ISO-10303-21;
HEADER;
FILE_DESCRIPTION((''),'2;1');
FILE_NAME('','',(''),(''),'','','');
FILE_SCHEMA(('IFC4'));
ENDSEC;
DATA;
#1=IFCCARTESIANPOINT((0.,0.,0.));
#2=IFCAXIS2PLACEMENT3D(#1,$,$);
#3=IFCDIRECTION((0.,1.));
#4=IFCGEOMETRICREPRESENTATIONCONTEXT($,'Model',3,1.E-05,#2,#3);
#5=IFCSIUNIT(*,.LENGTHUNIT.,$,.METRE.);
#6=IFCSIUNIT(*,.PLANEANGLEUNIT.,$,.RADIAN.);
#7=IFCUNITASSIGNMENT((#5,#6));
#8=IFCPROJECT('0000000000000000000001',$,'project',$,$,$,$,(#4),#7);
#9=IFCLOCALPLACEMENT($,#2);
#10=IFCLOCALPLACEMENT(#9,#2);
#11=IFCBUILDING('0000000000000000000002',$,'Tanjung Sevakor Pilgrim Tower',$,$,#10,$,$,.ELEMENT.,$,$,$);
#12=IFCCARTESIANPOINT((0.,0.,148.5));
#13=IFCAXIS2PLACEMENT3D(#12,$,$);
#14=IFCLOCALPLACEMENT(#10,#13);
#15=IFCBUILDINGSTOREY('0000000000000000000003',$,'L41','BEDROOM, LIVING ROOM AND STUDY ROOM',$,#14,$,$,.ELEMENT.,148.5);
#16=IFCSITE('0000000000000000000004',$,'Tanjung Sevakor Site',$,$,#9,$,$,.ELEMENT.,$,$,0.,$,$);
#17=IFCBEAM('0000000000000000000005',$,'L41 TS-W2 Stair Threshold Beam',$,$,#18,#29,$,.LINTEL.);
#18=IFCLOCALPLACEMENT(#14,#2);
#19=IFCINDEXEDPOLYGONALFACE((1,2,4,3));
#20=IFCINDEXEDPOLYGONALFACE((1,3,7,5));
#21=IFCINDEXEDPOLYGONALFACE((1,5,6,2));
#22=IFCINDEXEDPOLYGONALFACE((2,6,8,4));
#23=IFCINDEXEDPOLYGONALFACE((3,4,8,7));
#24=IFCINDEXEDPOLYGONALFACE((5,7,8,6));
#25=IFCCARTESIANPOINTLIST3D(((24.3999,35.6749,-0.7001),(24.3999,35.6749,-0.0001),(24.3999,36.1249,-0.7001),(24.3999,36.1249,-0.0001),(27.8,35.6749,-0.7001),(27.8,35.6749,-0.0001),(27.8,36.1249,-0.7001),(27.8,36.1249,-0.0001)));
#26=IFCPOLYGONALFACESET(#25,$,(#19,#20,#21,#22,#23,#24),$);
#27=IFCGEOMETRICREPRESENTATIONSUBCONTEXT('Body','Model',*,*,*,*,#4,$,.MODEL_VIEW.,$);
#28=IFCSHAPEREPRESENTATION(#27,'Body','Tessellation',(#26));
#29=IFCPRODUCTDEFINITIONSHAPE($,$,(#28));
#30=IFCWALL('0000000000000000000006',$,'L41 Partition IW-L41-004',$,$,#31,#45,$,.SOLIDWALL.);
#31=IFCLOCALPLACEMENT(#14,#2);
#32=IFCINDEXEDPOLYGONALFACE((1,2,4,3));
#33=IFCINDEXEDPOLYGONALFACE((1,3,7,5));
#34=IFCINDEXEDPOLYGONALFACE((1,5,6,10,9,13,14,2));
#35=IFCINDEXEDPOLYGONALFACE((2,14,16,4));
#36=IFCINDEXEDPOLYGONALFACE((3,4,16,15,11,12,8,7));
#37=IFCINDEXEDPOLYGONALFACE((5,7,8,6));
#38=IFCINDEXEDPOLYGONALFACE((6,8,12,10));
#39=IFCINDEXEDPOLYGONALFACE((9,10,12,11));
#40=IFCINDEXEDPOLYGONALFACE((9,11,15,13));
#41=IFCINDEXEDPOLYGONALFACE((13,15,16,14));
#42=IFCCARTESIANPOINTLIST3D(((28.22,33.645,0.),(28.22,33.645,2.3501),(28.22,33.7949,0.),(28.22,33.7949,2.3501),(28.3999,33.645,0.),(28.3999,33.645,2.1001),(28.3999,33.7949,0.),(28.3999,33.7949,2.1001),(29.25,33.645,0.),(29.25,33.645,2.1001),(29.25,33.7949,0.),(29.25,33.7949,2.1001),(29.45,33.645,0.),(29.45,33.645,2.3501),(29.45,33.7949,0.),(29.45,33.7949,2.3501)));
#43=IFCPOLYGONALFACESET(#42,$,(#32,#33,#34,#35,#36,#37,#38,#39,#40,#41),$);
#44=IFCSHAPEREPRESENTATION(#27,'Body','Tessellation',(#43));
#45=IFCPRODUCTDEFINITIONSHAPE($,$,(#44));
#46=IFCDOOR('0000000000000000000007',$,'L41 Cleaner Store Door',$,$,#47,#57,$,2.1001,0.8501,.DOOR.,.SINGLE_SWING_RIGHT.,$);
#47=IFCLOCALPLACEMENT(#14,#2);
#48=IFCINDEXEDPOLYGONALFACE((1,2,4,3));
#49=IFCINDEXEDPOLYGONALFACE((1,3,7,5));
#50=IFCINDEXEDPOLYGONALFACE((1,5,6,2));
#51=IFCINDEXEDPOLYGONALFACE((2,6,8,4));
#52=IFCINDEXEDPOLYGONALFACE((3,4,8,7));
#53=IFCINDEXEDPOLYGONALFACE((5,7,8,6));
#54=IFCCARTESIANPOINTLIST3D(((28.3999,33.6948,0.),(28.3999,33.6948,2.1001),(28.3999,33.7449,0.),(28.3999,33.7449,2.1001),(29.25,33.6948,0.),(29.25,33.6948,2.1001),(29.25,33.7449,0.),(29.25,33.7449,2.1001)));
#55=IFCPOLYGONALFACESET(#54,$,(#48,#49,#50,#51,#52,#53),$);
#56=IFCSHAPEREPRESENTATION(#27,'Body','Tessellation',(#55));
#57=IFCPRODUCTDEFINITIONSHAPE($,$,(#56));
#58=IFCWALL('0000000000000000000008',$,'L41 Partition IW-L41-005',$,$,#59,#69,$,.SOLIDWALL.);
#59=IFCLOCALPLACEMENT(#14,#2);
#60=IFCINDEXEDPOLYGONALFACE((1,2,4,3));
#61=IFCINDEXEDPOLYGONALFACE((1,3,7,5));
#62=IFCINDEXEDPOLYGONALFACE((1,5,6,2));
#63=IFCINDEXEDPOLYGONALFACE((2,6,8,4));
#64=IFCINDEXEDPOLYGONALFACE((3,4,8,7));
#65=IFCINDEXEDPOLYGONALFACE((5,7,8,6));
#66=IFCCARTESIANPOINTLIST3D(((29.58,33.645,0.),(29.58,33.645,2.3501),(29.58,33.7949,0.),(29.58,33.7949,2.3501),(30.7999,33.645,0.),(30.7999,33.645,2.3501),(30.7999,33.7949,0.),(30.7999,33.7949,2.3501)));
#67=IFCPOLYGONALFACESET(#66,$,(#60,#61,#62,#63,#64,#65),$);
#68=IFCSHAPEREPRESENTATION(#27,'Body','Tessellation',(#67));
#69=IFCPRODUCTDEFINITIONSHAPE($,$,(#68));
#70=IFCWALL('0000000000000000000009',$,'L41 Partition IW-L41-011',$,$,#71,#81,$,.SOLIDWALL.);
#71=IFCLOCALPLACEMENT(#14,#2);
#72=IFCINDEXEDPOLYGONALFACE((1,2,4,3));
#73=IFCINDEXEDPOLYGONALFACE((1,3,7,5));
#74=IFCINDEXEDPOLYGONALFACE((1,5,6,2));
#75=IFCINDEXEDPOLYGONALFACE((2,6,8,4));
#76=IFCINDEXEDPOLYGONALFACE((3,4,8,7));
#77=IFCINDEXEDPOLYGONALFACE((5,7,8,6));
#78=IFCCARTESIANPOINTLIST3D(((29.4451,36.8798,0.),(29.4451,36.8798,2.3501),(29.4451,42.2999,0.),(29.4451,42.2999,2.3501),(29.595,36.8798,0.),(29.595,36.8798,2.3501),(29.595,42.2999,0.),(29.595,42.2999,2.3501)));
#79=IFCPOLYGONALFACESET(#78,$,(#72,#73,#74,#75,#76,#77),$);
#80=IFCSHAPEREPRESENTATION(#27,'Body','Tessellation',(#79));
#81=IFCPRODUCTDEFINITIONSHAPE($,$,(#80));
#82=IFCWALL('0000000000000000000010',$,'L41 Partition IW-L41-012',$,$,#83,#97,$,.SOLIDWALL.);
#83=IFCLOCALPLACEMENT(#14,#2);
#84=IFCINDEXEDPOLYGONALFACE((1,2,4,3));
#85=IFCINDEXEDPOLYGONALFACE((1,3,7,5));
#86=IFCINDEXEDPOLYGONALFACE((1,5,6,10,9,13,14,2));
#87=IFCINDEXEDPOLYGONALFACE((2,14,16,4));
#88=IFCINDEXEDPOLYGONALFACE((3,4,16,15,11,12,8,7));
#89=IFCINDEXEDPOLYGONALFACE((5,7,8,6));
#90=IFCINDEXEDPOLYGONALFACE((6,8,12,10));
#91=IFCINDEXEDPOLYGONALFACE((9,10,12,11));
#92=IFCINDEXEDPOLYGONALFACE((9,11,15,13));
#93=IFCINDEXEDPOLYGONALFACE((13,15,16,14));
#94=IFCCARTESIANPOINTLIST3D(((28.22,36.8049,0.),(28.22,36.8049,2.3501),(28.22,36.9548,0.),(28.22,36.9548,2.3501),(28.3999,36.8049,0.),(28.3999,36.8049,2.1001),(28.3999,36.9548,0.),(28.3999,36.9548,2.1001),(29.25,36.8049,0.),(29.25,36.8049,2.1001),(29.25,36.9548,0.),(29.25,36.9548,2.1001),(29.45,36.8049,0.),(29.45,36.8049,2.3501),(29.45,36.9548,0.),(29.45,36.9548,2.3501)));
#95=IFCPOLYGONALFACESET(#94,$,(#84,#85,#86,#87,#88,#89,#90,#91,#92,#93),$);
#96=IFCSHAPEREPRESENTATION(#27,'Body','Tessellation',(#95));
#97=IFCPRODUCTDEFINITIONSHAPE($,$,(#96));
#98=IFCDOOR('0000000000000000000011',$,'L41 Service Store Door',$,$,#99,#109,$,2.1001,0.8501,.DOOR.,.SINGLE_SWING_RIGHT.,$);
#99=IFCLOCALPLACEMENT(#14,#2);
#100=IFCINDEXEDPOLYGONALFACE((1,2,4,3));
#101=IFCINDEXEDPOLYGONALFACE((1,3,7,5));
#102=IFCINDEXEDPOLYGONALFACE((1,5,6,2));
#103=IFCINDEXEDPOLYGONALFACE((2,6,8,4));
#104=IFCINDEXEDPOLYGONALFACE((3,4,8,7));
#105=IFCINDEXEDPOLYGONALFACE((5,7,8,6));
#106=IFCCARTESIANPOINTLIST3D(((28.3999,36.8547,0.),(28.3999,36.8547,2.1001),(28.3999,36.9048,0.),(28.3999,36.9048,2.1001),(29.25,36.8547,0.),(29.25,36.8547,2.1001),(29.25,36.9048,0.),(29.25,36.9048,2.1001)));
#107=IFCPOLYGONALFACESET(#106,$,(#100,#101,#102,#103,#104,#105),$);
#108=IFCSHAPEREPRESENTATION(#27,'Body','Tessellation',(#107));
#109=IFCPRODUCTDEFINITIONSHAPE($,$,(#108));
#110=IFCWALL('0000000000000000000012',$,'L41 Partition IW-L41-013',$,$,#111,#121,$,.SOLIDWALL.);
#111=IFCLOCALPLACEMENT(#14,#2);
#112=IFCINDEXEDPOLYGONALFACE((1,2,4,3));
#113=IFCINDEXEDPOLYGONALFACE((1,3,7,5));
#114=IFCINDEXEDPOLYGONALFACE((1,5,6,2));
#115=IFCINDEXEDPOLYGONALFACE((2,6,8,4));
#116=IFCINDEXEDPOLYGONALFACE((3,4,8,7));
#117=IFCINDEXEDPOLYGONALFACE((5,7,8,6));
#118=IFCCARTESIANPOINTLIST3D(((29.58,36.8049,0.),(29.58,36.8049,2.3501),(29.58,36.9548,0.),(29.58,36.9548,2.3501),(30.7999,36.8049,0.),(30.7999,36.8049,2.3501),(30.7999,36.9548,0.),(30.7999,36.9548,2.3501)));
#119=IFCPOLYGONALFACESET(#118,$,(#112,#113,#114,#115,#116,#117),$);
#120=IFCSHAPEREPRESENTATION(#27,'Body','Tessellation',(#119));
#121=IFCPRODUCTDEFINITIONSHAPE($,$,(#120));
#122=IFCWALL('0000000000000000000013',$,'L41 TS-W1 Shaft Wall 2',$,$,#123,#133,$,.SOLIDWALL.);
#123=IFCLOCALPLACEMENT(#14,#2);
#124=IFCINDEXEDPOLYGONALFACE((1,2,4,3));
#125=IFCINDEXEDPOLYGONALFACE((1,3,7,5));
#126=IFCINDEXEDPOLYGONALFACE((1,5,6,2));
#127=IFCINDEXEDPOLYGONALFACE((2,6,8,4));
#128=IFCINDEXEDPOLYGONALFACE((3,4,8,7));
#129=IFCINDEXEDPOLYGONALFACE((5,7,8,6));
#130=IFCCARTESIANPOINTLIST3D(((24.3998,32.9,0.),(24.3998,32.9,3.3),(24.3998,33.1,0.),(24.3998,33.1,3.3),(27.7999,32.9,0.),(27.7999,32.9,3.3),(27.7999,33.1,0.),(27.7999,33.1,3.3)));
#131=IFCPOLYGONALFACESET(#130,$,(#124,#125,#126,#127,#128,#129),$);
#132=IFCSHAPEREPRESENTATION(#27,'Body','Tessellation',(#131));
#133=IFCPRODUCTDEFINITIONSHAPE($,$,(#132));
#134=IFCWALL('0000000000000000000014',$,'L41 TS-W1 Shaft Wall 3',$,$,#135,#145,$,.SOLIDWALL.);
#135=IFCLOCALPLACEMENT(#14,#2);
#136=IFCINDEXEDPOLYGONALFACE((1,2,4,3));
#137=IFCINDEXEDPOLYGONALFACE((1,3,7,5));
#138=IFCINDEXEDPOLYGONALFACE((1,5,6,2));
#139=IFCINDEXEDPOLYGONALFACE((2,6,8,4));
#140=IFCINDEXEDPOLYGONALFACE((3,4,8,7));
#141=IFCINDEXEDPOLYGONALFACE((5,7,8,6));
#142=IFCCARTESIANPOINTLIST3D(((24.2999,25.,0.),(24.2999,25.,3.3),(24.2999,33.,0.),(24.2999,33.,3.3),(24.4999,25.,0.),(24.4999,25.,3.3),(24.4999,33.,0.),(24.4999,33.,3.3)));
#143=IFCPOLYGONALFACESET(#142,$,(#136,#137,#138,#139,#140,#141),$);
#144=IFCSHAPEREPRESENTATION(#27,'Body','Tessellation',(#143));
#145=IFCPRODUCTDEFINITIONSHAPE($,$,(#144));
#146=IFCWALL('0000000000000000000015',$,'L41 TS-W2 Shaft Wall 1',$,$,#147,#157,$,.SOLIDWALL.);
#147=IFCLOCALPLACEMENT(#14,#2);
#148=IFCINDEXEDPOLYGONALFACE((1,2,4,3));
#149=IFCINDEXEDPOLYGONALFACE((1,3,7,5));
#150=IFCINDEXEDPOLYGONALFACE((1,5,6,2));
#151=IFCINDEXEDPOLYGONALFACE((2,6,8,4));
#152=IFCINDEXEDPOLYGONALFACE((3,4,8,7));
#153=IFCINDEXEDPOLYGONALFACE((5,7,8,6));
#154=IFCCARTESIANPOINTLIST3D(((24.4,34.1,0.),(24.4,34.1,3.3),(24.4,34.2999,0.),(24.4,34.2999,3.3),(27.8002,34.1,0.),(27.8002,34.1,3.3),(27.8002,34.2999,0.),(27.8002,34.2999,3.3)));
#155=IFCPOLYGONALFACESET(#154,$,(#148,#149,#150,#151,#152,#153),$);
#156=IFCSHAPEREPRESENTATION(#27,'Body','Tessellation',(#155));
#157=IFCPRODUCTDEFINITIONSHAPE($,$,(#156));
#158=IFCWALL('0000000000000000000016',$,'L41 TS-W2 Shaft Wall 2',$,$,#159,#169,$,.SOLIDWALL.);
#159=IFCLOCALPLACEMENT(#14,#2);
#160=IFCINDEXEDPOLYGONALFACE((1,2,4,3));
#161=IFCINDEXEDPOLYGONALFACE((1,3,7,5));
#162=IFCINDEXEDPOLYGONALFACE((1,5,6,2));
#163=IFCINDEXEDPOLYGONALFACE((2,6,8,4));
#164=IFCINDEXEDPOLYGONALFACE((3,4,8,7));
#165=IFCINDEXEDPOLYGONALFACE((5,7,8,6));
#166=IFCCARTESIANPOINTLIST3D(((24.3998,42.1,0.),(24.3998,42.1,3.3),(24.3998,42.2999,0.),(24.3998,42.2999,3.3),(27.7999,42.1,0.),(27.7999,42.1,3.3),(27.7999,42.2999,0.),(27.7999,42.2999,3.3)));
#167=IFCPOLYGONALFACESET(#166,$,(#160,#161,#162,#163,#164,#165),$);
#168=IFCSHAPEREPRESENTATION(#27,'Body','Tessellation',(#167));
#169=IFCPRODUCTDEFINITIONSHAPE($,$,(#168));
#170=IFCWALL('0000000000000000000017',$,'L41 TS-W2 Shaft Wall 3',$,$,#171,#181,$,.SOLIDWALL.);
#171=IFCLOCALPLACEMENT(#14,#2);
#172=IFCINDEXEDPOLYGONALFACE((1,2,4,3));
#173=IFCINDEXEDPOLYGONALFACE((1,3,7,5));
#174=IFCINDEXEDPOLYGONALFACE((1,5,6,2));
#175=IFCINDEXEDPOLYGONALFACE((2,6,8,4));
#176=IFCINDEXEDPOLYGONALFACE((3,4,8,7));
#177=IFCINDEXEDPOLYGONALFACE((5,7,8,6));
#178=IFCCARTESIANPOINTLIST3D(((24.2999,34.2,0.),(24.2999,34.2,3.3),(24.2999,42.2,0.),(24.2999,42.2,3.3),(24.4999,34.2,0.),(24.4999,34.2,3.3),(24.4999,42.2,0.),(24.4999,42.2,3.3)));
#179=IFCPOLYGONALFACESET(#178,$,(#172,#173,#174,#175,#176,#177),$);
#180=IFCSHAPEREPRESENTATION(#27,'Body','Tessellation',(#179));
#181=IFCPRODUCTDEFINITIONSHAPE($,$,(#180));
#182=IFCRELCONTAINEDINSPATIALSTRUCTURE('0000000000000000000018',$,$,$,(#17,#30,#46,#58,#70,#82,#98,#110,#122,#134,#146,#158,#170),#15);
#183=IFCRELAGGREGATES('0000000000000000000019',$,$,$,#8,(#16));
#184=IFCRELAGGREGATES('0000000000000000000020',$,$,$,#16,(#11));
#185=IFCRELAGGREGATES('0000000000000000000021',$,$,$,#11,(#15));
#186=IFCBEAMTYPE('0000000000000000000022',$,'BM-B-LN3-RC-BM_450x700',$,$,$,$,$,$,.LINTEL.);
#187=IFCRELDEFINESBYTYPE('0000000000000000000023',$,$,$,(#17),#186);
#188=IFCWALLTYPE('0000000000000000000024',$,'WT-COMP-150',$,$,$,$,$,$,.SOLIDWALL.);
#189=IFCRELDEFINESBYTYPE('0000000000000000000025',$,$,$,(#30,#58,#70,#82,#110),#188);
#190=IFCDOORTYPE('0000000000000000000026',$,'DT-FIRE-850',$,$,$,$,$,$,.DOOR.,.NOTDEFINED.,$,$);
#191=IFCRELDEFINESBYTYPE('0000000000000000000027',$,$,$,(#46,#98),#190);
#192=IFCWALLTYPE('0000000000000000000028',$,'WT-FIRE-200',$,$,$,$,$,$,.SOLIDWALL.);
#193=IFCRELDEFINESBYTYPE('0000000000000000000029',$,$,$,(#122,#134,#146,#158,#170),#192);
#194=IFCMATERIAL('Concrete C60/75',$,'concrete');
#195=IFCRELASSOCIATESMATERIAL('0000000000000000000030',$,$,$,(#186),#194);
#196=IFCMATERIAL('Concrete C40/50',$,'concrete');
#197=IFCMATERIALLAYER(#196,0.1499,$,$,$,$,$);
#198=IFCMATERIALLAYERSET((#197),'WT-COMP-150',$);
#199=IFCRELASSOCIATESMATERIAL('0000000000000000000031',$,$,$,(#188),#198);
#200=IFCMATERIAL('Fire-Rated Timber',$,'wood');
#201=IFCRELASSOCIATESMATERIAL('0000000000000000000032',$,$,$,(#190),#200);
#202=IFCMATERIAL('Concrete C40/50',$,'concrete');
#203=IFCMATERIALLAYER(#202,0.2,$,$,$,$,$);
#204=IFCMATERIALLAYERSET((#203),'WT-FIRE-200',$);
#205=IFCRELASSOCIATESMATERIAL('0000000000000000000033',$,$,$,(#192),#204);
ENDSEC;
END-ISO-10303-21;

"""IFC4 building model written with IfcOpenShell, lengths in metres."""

from ifc_helpers import new_model, si_unit, direction, frame, frame_2d, origin, origin_2d, place, context, subcontext, project, spatial, rectangle, extrude, material, layer, layer_set, material_profile, profile_set, type_object, element, fill, save


model = new_model("IFC4")

# Units and contexts
model_context = context("Model", 3, precision=1e-05, world=origin(), true_north=direction((0.0, 1.0)))
body_context = subcontext(model_context, "Body", "Model", "MODEL_VIEW")
ifc_project = project(units=[si_unit("LENGTHUNIT", "METRE"), si_unit("PLANEANGLEUNIT", "RADIAN")], contexts=[model_context])

# Site, building, storey
site_placement = place(None, origin())
site = spatial("IfcSite", under=ifc_project, at=site_placement, Name="Tanjung Sevakor Site", CompositionType="ELEMENT", RefElevation=0.0)
building_placement = place(site_placement, origin())
building = spatial("IfcBuilding", under=site, at=building_placement, Name="Tanjung Sevakor Pilgrim Tower", CompositionType="ELEMENT")
storey_placement = place(building_placement, frame((0.0, 0.0, 148.5)))
storey = spatial("IfcBuildingStorey", under=building, at=storey_placement, Name="L41", Description="BEDROOM, LIVING ROOM AND STUDY ROOM", CompositionType="ELEMENT", Elevation=148.5)

# Beam
ifc_material_1 = material(Name="Concrete C60/75", Category="concrete")
ifc_material_profile = material_profile(ifc_material_1, rectangle(XDim=0.45, YDim=0.7, at=origin_2d()))
ifc_profile_set = profile_set([ifc_material_profile], Name="Concrete C60/75")
beam_type = type_object("IfcBeamType", Name="BM-B-LN3-RC-BM_450x700", PredefinedType="LINTEL", material=ifc_profile_set)
beam_placement = place(storey_placement, frame((24.3999, 35.8999, -0.3501), z_axis=(1.0, 0.0, 0.0), x_axis=(0.0, 1.0, 0.0)))
element("IfcBeam", 1, at=beam_placement, inside=storey, type_object=beam_type, Name="L41 TS-W2 Stair Threshold Beam", PredefinedType="LINTEL", context=body_context, shape_type="SweptSolid", body=[
    extrude(rectangle(XDim=0.45, YDim=0.7, at=origin_2d()), origin(), (0.0, 0.0, 1.0), 3.4001),
])

# Wall, opening, door
ifc_material_2 = material(Name="Concrete C40/50", Category="concrete")
ifc_layer_1 = layer(ifc_material_2, 0.1499)
ifc_layer_set_1 = layer_set([ifc_layer_1], Name="WT-COMP-150")
wall_type_1 = type_object("IfcWallType", Name="WT-COMP-150", PredefinedType="SOLIDWALL", material=ifc_layer_set_1)
wall_1_placement = place(storey_placement, frame((28.22, 33.72, 0.0), z_axis=(0.0, 0.0, 1.0), x_axis=(1.0, 0.0, 0.0)))
wall_1 = element("IfcWall", 2, at=wall_1_placement, inside=storey, type_object=wall_type_1, Name="L41 Partition IW-L41-004", PredefinedType="SOLIDWALL", context=body_context, shape_type="SweptSolid", body=[
    extrude(rectangle(XDim=1.23, YDim=0.1499, at=frame_2d((0.615, 0.0))), origin(), (0.0, 0.0, 1.0), 2.3501),
])
opening_1_placement = place(wall_1_placement, frame((0.1799, 0.0, 0.0)))
opening_1 = element("IfcOpeningElement", 3, at=opening_1_placement, cuts=wall_1, PredefinedType="OPENING", context=body_context, shape_type="SweptSolid", body=[
    extrude(rectangle(XDim=0.8501, YDim=2.1001, at=frame_2d((0.425, 1.05))), frame((0.0, 0.085, 0.0), z_axis=(0.0, -1.0, 0.0), x_axis=(1.0, 0.0, 0.0)), (0.0, 0.0, 1.0), 0.1699),
])
ifc_material_3 = material(Name="Fire-Rated Timber", Category="wood")
door_type = type_object("IfcDoorType", Name="DT-FIRE-850", OperationType="NOTDEFINED", PredefinedType="DOOR", material=ifc_material_3)
door_1_placement = place(opening_1_placement, origin())
door_1 = element("IfcDoor", 4, at=door_1_placement, inside=storey, type_object=door_type, Name="L41 Cleaner Store Door", OperationType="SINGLE_SWING_RIGHT", OverallHeight=2.1001, OverallWidth=0.8501, PredefinedType="DOOR", context=body_context, shape_type="SweptSolid", body=[
    extrude(rectangle(XDim=0.8501, YDim=2.1001, at=frame_2d((0.425, 1.05))), frame((0.0, 0.0249, 0.0), z_axis=(0.0, -1.0, 0.0), x_axis=(1.0, 0.0, 0.0)), (0.0, 0.0, 1.0), 0.05),
])
fill(opening_1, door_1)

# Walls
wall_2_placement = place(storey_placement, frame((29.5801, 33.72, 0.0), z_axis=(0.0, 0.0, 1.0), x_axis=(1.0, 0.0, 0.0)))
element("IfcWall", 5, at=wall_2_placement, inside=storey, type_object=wall_type_1, Name="L41 Partition IW-L41-005", PredefinedType="SOLIDWALL", context=body_context, shape_type="SweptSolid", body=[
    extrude(rectangle(XDim=1.22, YDim=0.1499, at=frame_2d((0.6099, 0.0))), origin(), (0.0, 0.0, 1.0), 2.3501),
])
wall_3_placement = place(storey_placement, frame((29.52, 36.8799, 0.0), z_axis=(0.0, 0.0, 1.0), x_axis=(0.0, 1.0, 0.0)))
element("IfcWall", 6, at=wall_3_placement, inside=storey, type_object=wall_type_1, Name="L41 Partition IW-L41-011", PredefinedType="SOLIDWALL", context=body_context, shape_type="SweptSolid", body=[
    extrude(rectangle(XDim=5.4202, YDim=0.1499, at=frame_2d((2.71, 0.0))), origin(), (0.0, 0.0, 1.0), 2.3501),
])

# Wall, opening, door
wall_4_placement = place(storey_placement, frame((28.22, 36.8799, 0.0), z_axis=(0.0, 0.0, 1.0), x_axis=(1.0, 0.0, 0.0)))
wall_4 = element("IfcWall", 7, at=wall_4_placement, inside=storey, type_object=wall_type_1, Name="L41 Partition IW-L41-012", PredefinedType="SOLIDWALL", context=body_context, shape_type="SweptSolid", body=[
    extrude(rectangle(XDim=1.23, YDim=0.1499, at=frame_2d((0.615, 0.0))), origin(), (0.0, 0.0, 1.0), 2.3501),
])
opening_2_placement = place(wall_4_placement, frame((0.1799, 0.0, 0.0)))
opening_2 = element("IfcOpeningElement", 8, at=opening_2_placement, cuts=wall_4, PredefinedType="OPENING", context=body_context, shape_type="SweptSolid", body=[
    extrude(rectangle(XDim=0.8501, YDim=2.1001, at=frame_2d((0.425, 1.05))), frame((0.0, 0.085, 0.0), z_axis=(0.0, -1.0, 0.0), x_axis=(1.0, 0.0, 0.0)), (0.0, 0.0, 1.0), 0.1699),
])
door_2_placement = place(opening_2_placement, origin())
door_2 = element("IfcDoor", 9, at=door_2_placement, inside=storey, type_object=door_type, Name="L41 Service Store Door", OperationType="SINGLE_SWING_RIGHT", OverallHeight=2.1001, OverallWidth=0.8501, PredefinedType="DOOR", context=body_context, shape_type="SweptSolid", body=[
    extrude(rectangle(XDim=0.8501, YDim=2.1001, at=frame_2d((0.425, 1.05))), frame((0.0, 0.0249, 0.0), z_axis=(0.0, -1.0, 0.0), x_axis=(1.0, 0.0, 0.0)), (0.0, 0.0, 1.0), 0.05),
])
fill(opening_2, door_2)

# Walls
wall_5_placement = place(storey_placement, frame((29.5801, 36.8799, 0.0), z_axis=(0.0, 0.0, 1.0), x_axis=(1.0, 0.0, 0.0)))
element("IfcWall", 10, at=wall_5_placement, inside=storey, type_object=wall_type_1, Name="L41 Partition IW-L41-013", PredefinedType="SOLIDWALL", context=body_context, shape_type="SweptSolid", body=[
    extrude(rectangle(XDim=1.22, YDim=0.1499, at=frame_2d((0.6099, 0.0))), origin(), (0.0, 0.0, 1.0), 2.3501),
])
ifc_material_4 = material(Name="Concrete C40/50", Category="concrete")
ifc_layer_2 = layer(ifc_material_4, 0.2)
ifc_layer_set_2 = layer_set([ifc_layer_2], Name="WT-FIRE-200")
wall_type_2 = type_object("IfcWallType", Name="WT-FIRE-200", PredefinedType="SOLIDWALL", material=ifc_layer_set_2)
wall_6_placement = place(storey_placement, frame((27.8, 33.0, 0.0), z_axis=(0.0, 0.0, 1.0), x_axis=(-1.0, 0.0, 0.0)))
element("IfcWall", 11, at=wall_6_placement, inside=storey, type_object=wall_type_2, Name="L41 TS-W1 Shaft Wall 2", PredefinedType="SOLIDWALL", context=body_context, shape_type="SweptSolid", body=[
    extrude(rectangle(XDim=3.4001, YDim=0.2, at=frame_2d((1.7002, 0.0))), origin(), (0.0, 0.0, 1.0), 3.3),
])
wall_7_placement = place(storey_placement, frame((24.3999, 33.0, 0.0), z_axis=(0.0, 0.0, 1.0), x_axis=(0.0, -1.0, 0.0)))
element("IfcWall", 12, at=wall_7_placement, inside=storey, type_object=wall_type_2, Name="L41 TS-W1 Shaft Wall 3", PredefinedType="SOLIDWALL", context=body_context, shape_type="SweptSolid", body=[
    extrude(rectangle(XDim=8.0, YDim=0.2, at=frame_2d((4.0, 0.0))), origin(), (0.0, 0.0, 1.0), 3.3),
])
for number, where, z_axis, x_axis, name in (
    (13, (24.3999, 34.2, 0.0), (0.0, 0.0, 1.0), (1.0, 0.0, 0.0), "L41 TS-W2 Shaft Wall 1"),
    (14, (27.8, 42.2, 0.0), (0.0, 0.0, 1.0), (-1.0, 0.0, 0.0), "L41 TS-W2 Shaft Wall 2"),
):
    element("IfcWall", number, at=place(storey_placement, frame(where, z_axis=z_axis, x_axis=x_axis)), inside=storey, type_object=wall_type_2, Name=name, PredefinedType="SOLIDWALL", context=body_context, shape_type="SweptSolid", body=[
        extrude(rectangle(XDim=3.4001, YDim=0.2, at=frame_2d((1.7002, 0.0))), origin(), (0.0, 0.0, 1.0), 3.3),
    ])
wall_8_placement = place(storey_placement, frame((24.3999, 42.2, 0.0), z_axis=(0.0, 0.0, 1.0), x_axis=(0.0, -1.0, 0.0)))
element("IfcWall", 15, at=wall_8_placement, inside=storey, type_object=wall_type_2, Name="L41 TS-W2 Shaft Wall 3", PredefinedType="SOLIDWALL", context=body_context, shape_type="SweptSolid", body=[
    extrude(rectangle(XDim=8.0, YDim=0.2, at=frame_2d((4.0, 0.0))), origin(), (0.0, 0.0, 1.0), 3.3),
])

save(model, "model.ifc")
